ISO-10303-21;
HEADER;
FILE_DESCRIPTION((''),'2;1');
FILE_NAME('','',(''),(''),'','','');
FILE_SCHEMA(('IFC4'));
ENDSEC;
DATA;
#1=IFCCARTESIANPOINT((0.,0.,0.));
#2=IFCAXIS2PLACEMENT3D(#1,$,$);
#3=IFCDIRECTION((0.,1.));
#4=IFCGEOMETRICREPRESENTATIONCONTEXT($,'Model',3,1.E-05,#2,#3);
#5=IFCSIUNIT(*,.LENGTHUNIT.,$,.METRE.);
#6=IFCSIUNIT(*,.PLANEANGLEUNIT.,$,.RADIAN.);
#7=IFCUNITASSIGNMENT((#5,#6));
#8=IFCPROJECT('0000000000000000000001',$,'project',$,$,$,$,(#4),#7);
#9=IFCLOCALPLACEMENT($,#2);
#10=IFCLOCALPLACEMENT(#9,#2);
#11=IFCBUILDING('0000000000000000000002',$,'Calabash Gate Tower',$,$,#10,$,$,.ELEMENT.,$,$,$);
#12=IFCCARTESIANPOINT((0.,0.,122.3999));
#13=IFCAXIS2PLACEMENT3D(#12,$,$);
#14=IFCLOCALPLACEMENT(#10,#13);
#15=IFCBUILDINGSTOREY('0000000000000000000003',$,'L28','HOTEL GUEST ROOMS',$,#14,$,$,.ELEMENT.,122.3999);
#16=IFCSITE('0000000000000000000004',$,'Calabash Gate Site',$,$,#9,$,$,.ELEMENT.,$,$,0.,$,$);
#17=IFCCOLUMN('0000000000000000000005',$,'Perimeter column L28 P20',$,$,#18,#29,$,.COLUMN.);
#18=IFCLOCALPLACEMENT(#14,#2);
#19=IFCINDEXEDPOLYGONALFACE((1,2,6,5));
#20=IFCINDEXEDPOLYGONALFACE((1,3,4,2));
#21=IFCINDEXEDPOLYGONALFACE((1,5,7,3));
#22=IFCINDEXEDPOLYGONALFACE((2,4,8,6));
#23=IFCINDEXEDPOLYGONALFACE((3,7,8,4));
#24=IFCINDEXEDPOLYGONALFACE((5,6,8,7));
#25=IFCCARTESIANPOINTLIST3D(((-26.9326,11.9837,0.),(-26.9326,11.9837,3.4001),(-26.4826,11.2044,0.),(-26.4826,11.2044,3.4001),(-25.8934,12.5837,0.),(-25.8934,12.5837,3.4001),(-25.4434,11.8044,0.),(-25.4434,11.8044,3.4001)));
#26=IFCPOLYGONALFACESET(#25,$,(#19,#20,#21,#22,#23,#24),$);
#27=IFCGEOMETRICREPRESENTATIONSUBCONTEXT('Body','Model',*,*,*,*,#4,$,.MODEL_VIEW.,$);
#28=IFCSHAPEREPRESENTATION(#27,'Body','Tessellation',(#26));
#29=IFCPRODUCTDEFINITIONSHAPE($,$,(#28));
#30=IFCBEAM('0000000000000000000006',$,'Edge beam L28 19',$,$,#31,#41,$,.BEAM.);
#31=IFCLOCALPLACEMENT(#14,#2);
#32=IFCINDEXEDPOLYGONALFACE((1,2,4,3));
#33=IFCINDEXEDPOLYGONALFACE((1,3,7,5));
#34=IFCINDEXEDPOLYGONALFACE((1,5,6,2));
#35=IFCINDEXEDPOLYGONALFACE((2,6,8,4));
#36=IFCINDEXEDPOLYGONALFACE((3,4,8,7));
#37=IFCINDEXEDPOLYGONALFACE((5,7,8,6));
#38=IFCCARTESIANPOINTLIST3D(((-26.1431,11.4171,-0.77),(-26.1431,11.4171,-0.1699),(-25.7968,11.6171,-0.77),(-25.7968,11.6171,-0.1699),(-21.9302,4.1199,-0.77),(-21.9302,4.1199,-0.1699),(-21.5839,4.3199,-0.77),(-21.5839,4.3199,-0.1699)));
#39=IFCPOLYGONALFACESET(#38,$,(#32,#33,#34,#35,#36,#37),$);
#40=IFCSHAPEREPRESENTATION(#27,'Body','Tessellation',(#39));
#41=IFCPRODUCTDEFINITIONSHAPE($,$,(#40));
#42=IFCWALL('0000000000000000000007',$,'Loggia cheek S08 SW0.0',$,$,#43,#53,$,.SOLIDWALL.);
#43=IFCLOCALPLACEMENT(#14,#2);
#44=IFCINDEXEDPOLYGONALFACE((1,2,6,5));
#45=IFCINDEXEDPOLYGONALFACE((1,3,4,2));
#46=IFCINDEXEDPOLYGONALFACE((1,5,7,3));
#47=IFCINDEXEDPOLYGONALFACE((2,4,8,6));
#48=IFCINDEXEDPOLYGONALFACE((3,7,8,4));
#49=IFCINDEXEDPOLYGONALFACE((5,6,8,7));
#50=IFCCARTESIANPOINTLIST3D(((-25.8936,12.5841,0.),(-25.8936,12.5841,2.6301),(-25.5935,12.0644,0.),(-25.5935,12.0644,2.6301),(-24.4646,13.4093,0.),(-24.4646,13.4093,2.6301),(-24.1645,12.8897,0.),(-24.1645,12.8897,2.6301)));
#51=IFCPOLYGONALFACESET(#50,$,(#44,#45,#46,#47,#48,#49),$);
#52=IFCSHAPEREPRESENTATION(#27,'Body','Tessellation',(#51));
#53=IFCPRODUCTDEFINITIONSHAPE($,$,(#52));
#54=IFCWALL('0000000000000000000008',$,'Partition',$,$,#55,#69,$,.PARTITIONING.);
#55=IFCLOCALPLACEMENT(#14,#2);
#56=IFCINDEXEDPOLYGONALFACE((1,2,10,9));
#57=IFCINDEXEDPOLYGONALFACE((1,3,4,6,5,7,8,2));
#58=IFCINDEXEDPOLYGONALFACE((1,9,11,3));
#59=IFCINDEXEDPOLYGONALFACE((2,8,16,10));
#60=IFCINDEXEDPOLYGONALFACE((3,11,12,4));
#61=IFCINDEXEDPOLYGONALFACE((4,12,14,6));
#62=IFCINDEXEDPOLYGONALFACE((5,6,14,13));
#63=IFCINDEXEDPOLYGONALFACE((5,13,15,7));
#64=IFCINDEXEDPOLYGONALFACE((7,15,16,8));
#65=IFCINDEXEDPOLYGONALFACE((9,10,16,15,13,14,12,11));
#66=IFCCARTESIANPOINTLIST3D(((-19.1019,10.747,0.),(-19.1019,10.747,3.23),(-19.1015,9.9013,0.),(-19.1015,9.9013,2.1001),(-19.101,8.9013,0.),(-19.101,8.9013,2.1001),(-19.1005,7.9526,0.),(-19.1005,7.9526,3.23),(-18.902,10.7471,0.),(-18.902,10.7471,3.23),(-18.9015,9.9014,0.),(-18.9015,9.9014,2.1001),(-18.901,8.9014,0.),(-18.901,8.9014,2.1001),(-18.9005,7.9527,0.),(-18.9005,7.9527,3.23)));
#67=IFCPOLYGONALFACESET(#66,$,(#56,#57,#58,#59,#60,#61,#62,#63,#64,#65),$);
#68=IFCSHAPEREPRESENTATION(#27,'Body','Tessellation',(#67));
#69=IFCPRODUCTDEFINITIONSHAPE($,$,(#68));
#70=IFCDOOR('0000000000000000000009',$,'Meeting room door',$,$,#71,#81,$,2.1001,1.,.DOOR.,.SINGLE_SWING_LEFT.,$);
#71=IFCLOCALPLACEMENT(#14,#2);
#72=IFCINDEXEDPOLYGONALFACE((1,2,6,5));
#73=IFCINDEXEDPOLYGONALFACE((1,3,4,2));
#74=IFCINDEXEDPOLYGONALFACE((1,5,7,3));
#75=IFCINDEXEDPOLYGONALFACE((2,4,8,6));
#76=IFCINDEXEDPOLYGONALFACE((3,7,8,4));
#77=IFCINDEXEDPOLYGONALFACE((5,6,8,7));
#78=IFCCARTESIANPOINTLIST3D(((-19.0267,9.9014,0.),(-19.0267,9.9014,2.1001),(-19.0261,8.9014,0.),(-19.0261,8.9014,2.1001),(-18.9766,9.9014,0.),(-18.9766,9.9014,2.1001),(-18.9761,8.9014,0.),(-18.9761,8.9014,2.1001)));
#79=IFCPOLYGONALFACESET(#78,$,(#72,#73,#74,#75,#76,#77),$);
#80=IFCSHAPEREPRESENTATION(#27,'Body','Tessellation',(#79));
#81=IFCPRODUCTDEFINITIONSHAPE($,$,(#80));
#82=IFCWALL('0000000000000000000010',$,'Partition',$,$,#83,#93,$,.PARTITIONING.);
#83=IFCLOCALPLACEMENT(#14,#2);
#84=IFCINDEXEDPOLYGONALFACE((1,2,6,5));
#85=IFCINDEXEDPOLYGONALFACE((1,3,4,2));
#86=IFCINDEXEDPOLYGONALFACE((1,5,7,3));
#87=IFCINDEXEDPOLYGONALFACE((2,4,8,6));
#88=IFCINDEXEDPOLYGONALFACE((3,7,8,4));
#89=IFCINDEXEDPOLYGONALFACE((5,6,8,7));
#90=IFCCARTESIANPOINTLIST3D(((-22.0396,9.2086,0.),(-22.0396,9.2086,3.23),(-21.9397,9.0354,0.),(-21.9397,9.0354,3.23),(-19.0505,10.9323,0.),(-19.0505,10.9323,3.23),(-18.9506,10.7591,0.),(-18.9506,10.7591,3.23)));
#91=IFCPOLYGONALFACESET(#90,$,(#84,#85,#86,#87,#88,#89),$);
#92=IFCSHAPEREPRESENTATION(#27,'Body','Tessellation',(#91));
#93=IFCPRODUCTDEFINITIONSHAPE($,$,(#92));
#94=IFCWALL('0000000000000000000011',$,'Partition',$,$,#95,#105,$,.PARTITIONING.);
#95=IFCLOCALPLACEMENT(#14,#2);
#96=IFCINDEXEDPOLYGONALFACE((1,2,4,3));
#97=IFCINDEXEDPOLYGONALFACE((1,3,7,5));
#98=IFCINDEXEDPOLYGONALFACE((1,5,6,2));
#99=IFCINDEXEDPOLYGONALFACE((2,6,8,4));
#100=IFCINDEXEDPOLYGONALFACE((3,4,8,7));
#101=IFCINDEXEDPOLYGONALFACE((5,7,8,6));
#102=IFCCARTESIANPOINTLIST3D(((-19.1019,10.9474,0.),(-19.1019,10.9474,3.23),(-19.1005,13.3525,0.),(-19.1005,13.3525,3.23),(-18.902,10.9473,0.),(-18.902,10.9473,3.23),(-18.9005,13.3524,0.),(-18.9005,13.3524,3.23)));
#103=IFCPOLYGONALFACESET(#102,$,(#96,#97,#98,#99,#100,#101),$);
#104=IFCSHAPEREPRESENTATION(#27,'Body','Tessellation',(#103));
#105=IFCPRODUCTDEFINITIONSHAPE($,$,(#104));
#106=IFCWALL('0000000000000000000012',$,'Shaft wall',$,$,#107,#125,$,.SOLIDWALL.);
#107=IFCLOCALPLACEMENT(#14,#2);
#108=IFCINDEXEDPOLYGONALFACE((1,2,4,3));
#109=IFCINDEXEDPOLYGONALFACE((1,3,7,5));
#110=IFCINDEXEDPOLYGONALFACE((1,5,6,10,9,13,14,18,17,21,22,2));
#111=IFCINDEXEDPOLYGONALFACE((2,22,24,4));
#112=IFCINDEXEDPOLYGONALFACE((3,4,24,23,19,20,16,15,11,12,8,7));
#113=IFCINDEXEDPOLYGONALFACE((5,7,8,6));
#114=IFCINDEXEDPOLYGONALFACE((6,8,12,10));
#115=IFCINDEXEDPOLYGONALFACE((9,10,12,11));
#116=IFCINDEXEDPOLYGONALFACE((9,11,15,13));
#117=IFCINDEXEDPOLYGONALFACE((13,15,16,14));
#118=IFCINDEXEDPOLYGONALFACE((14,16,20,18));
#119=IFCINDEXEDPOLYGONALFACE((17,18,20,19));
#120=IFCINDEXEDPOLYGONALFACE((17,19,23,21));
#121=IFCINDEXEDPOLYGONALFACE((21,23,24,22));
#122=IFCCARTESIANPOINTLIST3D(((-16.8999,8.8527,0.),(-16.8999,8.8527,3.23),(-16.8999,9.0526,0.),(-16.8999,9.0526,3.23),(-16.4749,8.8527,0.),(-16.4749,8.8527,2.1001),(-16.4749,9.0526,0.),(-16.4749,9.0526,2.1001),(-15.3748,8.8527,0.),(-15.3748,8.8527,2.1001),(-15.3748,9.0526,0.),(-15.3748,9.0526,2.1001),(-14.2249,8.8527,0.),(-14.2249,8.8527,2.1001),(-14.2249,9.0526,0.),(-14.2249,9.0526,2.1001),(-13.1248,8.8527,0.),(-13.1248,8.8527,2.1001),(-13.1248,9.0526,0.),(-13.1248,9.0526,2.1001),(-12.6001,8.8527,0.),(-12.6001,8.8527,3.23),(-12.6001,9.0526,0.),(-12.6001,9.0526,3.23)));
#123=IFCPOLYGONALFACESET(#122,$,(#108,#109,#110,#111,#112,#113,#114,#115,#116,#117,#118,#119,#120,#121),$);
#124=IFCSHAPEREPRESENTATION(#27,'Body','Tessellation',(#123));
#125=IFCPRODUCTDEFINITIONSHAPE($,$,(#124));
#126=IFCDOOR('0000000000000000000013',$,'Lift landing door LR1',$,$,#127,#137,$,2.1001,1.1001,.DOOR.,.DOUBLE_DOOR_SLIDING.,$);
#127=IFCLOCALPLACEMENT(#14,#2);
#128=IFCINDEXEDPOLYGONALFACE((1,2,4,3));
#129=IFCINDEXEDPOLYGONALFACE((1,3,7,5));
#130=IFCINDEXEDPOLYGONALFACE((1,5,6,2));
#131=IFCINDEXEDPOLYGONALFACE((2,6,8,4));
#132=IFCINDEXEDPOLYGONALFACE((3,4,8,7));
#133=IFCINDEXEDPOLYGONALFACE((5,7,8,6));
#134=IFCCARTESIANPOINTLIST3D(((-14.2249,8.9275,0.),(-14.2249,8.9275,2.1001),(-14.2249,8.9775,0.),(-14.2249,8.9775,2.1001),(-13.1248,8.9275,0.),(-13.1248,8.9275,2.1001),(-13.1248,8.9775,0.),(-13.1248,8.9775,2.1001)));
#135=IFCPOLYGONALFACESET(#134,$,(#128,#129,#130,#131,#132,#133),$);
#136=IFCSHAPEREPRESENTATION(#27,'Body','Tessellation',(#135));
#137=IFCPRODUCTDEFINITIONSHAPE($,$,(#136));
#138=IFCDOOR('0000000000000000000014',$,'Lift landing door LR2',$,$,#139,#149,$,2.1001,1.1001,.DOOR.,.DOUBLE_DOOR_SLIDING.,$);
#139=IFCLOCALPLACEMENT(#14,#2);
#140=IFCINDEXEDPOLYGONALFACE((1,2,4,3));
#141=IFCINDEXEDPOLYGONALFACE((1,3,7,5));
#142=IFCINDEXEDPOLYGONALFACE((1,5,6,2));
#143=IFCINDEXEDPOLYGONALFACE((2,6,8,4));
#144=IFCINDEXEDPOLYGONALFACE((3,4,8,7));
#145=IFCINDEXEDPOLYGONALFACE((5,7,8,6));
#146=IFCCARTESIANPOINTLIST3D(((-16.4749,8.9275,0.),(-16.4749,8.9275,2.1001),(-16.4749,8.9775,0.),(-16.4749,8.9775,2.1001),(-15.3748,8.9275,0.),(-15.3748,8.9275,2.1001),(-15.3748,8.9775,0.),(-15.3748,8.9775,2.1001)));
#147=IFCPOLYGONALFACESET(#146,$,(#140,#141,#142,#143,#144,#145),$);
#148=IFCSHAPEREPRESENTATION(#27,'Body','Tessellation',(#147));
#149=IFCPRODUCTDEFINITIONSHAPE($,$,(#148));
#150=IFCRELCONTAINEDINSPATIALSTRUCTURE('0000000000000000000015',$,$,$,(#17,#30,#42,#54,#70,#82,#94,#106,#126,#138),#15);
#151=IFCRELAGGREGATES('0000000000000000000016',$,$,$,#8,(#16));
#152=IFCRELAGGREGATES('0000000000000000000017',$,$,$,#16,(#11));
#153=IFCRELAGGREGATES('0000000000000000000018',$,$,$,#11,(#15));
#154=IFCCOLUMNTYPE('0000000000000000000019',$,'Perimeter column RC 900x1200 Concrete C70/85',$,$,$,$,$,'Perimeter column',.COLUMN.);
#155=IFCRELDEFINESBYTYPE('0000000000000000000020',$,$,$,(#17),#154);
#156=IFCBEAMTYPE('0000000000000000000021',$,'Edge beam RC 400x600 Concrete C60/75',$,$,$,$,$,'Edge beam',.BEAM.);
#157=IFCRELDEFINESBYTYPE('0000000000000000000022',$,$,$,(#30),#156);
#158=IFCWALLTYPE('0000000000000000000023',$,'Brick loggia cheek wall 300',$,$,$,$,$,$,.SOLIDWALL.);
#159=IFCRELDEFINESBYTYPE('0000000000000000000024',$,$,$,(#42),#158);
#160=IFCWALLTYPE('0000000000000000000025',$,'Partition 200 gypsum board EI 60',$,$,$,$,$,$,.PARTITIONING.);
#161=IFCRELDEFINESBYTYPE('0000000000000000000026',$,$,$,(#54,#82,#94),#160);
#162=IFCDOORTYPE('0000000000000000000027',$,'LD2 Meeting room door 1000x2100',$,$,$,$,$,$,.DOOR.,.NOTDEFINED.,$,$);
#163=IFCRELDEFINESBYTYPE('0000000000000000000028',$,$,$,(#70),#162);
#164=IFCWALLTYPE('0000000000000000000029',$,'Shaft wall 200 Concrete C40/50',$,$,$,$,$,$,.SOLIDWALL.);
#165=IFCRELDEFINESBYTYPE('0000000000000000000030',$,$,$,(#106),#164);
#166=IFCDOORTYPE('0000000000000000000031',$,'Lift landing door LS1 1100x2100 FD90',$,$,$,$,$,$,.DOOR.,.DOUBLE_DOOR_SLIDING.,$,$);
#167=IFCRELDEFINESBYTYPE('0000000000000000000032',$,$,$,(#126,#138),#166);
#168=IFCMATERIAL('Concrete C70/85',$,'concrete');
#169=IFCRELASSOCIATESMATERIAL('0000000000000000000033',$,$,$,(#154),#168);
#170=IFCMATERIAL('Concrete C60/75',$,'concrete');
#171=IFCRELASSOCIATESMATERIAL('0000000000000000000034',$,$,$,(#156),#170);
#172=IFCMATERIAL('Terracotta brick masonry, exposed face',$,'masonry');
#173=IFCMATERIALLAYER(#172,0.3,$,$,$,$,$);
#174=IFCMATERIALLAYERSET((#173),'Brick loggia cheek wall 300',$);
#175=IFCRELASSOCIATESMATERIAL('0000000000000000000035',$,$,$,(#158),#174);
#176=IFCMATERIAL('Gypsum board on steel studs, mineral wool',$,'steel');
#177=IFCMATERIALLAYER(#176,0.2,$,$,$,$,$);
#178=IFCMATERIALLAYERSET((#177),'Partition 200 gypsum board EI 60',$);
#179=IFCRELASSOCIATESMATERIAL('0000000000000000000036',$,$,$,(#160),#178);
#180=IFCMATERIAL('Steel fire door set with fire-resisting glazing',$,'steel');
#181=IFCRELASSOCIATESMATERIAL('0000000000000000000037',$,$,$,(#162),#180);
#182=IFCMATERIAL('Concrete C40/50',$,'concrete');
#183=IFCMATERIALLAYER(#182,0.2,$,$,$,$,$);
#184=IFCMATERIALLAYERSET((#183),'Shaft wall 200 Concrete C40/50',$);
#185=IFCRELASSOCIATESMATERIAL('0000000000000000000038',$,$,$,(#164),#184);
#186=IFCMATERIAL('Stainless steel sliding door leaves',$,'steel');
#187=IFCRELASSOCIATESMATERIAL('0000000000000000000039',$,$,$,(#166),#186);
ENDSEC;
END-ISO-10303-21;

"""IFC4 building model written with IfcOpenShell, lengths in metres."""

from ifc_helpers import new_model, si_unit, direction, frame, frame_2d, origin, origin_2d, place, context, subcontext, project, spatial, rectangle, extrude, material, layer, layer_set, material_profile, profile_set, type_object, element, fill, save


model = new_model("IFC4")

# Units and contexts
model_context = context("Model", 3, precision=1e-05, world=origin(), true_north=direction((0.0, 1.0)))
body_context = subcontext(model_context, "Body", "Model", "MODEL_VIEW")
ifc_project = project(units=[si_unit("LENGTHUNIT", "METRE"), si_unit("PLANEANGLEUNIT", "RADIAN")], contexts=[model_context])

# Site, building, storey
site_placement = place(None, origin())
site = spatial("IfcSite", under=ifc_project, at=site_placement, Name="Calabash Gate Site", CompositionType="ELEMENT", RefElevation=0.0)
building_placement = place(site_placement, origin())
building = spatial("IfcBuilding", under=site, at=building_placement, Name="Calabash Gate Tower", CompositionType="ELEMENT")
storey_placement = place(building_placement, frame((0.0, 0.0, 122.3999)))
storey = spatial("IfcBuildingStorey", under=building, at=storey_placement, Name="L28", Description="HOTEL GUEST ROOMS", CompositionType="ELEMENT", Elevation=122.3999)

# Column
ifc_material_1 = material(Name="Concrete C70/85", Category="concrete")
ifc_material_profile_1 = material_profile(ifc_material_1, rectangle(XDim=0.8999, YDim=1.2, at=origin_2d()))
ifc_profile_set_1 = profile_set([ifc_material_profile_1], Name="Concrete C70/85")
column_type = type_object("IfcColumnType", Name="Perimeter column RC 900x1200 Concrete C70/85", ElementType="Perimeter column", PredefinedType="COLUMN", material=ifc_profile_set_1)
column_placement = place(storey_placement, frame((-26.188, 11.894, 0.0), z_axis=(0.0, 0.0, 1.0), x_axis=(0.5, -0.866025, 0.0)))
element("IfcColumn", 1, at=column_placement, inside=storey, type_object=column_type, Name="Perimeter column L28 P20", PredefinedType="COLUMN", context=body_context, shape_type="SweptSolid", body=[
    extrude(rectangle(XDim=0.8999, YDim=1.2, at=origin_2d()), origin(), (0.0, 0.0, 1.0), 3.4001),
])

# Beam
ifc_material_2 = material(Name="Concrete C60/75", Category="concrete")
ifc_material_profile_2 = material_profile(ifc_material_2, rectangle(XDim=0.3999, YDim=0.6001, at=origin_2d()))
ifc_profile_set_2 = profile_set([ifc_material_profile_2], Name="Concrete C60/75")
beam_type = type_object("IfcBeamType", Name="Edge beam RC 400x600 Concrete C60/75", ElementType="Edge beam", PredefinedType="BEAM", material=ifc_profile_set_2)
beam_placement = place(storey_placement, frame((-25.97, 11.5171, -0.47), z_axis=(0.499991, -0.866031, 0.0), x_axis=(0.866031, 0.499991, 0.0)))
element("IfcBeam", 2, at=beam_placement, inside=storey, type_object=beam_type, Name="Edge beam L28 19", PredefinedType="BEAM", context=body_context, shape_type="SweptSolid", body=[
    extrude(rectangle(XDim=0.3999, YDim=0.6001, at=origin_2d()), origin(), (0.0, 0.0, 1.0), 8.426),
])

# Wall
ifc_material_3 = material(Name="Terracotta brick masonry, exposed face", Category="masonry")
ifc_layer_1 = layer(ifc_material_3, 0.3)
ifc_layer_set_1 = layer_set([ifc_layer_1], Name="Brick loggia cheek wall 300")
wall_type_1 = type_object("IfcWallType", Name="Brick loggia cheek wall 300", PredefinedType="SOLIDWALL", material=ifc_layer_set_1)
wall_1_placement = place(storey_placement, frame((-25.7437, 12.3242, 0.0), z_axis=(0.0, 0.0, 1.0), x_axis=(0.865976, 0.500085, 0.0)))
element("IfcWall", 3, at=wall_1_placement, inside=storey, type_object=wall_type_1, Name="Loggia cheek S08 SW0.0", PredefinedType="SOLIDWALL", context=body_context, shape_type="SweptSolid", body=[
    extrude(rectangle(XDim=1.6501, YDim=0.6001, at=frame_2d((0.8252, 0.0))), origin(), (0.0, 0.0, 1.0), 2.6301),
])

# Wall, opening, door
ifc_material_4 = material(Name="Gypsum board on steel studs, mineral wool", Category="steel")
ifc_layer_2 = layer(ifc_material_4, 0.2)
ifc_layer_set_2 = layer_set([ifc_layer_2], Name="Partition 200 gypsum board EI 60")
wall_type_2 = type_object("IfcWallType", Name="Partition 200 gypsum board EI 60", PredefinedType="PARTITIONING", material=ifc_layer_set_2)
wall_2_placement = place(storey_placement, frame((-19.002, 10.7471, 0.0), z_axis=(0.0, 0.0, 1.0), x_axis=(0.000524, -1.0, 0.0)))
wall_2 = element("IfcWall", 4, at=wall_2_placement, inside=storey, type_object=wall_type_2, Name="Partition", PredefinedType="PARTITIONING", context=body_context, shape_type="SweptSolid", body=[
    extrude(rectangle(XDim=2.7944, YDim=0.2, at=frame_2d((1.3972, 0.0))), origin(), (0.0, 0.0, 1.0), 3.23),
])
opening_1_placement = place(wall_2_placement, frame((0.8457, 0.0, 0.0)))
opening_1 = element("IfcOpeningElement", 5, at=opening_1_placement, cuts=wall_2, PredefinedType="OPENING", context=body_context, shape_type="SweptSolid", body=[
    extrude(rectangle(XDim=1.0, YDim=2.1001, at=frame_2d((0.5, 1.05))), frame((0.0, 0.1099, 0.0), z_axis=(0.0, -1.0, 0.0), x_axis=(1.0, 0.0, 0.0)), (0.0, 0.0, 1.0), 0.22),
])
ifc_material_5 = material(Name="Steel fire door set with fire-resisting glazing", Category="steel")
door_type_1 = type_object("IfcDoorType", Name="LD2 Meeting room door 1000x2100", OperationType="NOTDEFINED", PredefinedType="DOOR", material=ifc_material_5)
door_1_placement = place(opening_1_placement, origin())
door_1 = element("IfcDoor", 6, at=door_1_placement, inside=storey, type_object=door_type_1, Name="Meeting room door", OperationType="SINGLE_SWING_LEFT", OverallHeight=2.1001, OverallWidth=1.0, PredefinedType="DOOR", context=body_context, shape_type="SweptSolid", body=[
    extrude(rectangle(XDim=1.0, YDim=2.1001, at=frame_2d((0.5, 1.05))), frame((0.0, 0.0249, 0.0), z_axis=(0.0, -1.0, 0.0), x_axis=(1.0, 0.0, 0.0)), (0.0, 0.0, 1.0), 0.05),
])
fill(opening_1, door_1)

# Walls
wall_3_placement = place(storey_placement, frame((-21.9895, 9.1221, 0.0), z_axis=(0.0, 0.0, 1.0), x_axis=(0.866286, 0.499549, 0.0)))
element("IfcWall", 7, at=wall_3_placement, inside=storey, type_object=wall_type_2, Name="Partition", PredefinedType="PARTITIONING", context=body_context, shape_type="SweptSolid", body=[
    extrude(rectangle(XDim=3.4504, YDim=0.2, at=frame_2d((1.7251, 0.0))), origin(), (0.0, 0.0, 1.0), 3.23),
])
wall_4_placement = place(storey_placement, frame((-19.002, 10.9473, 0.0), z_axis=(0.0, 0.0, 1.0), x_axis=(0.000609, 1.0, 0.0)))
element("IfcWall", 8, at=wall_4_placement, inside=storey, type_object=wall_type_2, Name="Partition", PredefinedType="PARTITIONING", context=body_context, shape_type="SweptSolid", body=[
    extrude(rectangle(XDim=2.405, YDim=0.2, at=frame_2d((1.2026, 0.0))), origin(), (0.0, 0.0, 1.0), 3.23),
])

# Wall, openings, doors
ifc_material_6 = material(Name="Concrete C40/50", Category="concrete")
ifc_layer_3 = layer(ifc_material_6, 0.2)
ifc_layer_set_3 = layer_set([ifc_layer_3], Name="Shaft wall 200 Concrete C40/50")
wall_type_3 = type_object("IfcWallType", Name="Shaft wall 200 Concrete C40/50", PredefinedType="SOLIDWALL", material=ifc_layer_set_3)
wall_5_placement = place(storey_placement, frame((-16.8999, 8.9526, 0.0), z_axis=(0.0, 0.0, 1.0), x_axis=(1.0, 0.0, 0.0)))
wall_5 = element("IfcWall", 9, at=wall_5_placement, inside=storey, type_object=wall_type_3, Name="Shaft wall", PredefinedType="SOLIDWALL", context=body_context, shape_type="SweptSolid", body=[
    extrude(rectangle(XDim=4.2998, YDim=0.2, at=frame_2d((2.1499, 0.0))), origin(), (0.0, 0.0, 1.0), 3.23),
])
opening_2_placement = place(wall_5_placement, frame((2.675, 0.0, 0.0)))
opening_2 = element("IfcOpeningElement", 10, at=opening_2_placement, cuts=wall_5, PredefinedType="OPENING", context=body_context, shape_type="SweptSolid", body=[
    extrude(rectangle(XDim=1.1001, YDim=2.1001, at=frame_2d((0.55, 1.05))), frame((0.0, 0.1099, 0.0), z_axis=(0.0, -1.0, 0.0), x_axis=(1.0, 0.0, 0.0)), (0.0, 0.0, 1.0), 0.22),
])
opening_3_placement = place(wall_5_placement, frame((0.425, 0.0, 0.0)))
opening_3 = element("IfcOpeningElement", 11, at=opening_3_placement, cuts=wall_5, PredefinedType="OPENING", context=body_context, shape_type="SweptSolid", body=[
    extrude(rectangle(XDim=1.1001, YDim=2.1001, at=frame_2d((0.55, 1.05))), frame((0.0, 0.1099, 0.0), z_axis=(0.0, -1.0, 0.0), x_axis=(1.0, 0.0, 0.0)), (0.0, 0.0, 1.0), 0.22),
])
ifc_material_7 = material(Name="Stainless steel sliding door leaves", Category="steel")
door_type_2 = type_object("IfcDoorType", Name="Lift landing door LS1 1100x2100 FD90", OperationType="DOUBLE_DOOR_SLIDING", PredefinedType="DOOR", material=ifc_material_7)
door_2_placement = place(opening_2_placement, origin())
door_2 = element("IfcDoor", 12, at=door_2_placement, inside=storey, type_object=door_type_2, Name="Lift landing door LR1", OperationType="DOUBLE_DOOR_SLIDING", OverallHeight=2.1001, OverallWidth=1.1001, PredefinedType="DOOR", context=body_context, shape_type="SweptSolid", body=[
    extrude(rectangle(XDim=1.1001, YDim=2.1001, at=frame_2d((0.55, 1.05))), frame((0.0, 0.0249, 0.0), z_axis=(0.0, -1.0, 0.0), x_axis=(1.0, 0.0, 0.0)), (0.0, 0.0, 1.0), 0.05),
])
fill(opening_2, door_2)
door_3_placement = place(opening_3_placement, origin())
door_3 = element("IfcDoor", 13, at=door_3_placement, inside=storey, type_object=door_type_2, Name="Lift landing door LR2", OperationType="DOUBLE_DOOR_SLIDING", OverallHeight=2.1001, OverallWidth=1.1001, PredefinedType="DOOR", context=body_context, shape_type="SweptSolid", body=[
    extrude(rectangle(XDim=1.1001, YDim=2.1001, at=frame_2d((0.55, 1.05))), frame((0.0, 0.0249, 0.0), z_axis=(0.0, -1.0, 0.0), x_axis=(1.0, 0.0, 0.0)), (0.0, 0.0, 1.0), 0.05),
])
fill(opening_3, door_3)

save(model, "model.ifc")
